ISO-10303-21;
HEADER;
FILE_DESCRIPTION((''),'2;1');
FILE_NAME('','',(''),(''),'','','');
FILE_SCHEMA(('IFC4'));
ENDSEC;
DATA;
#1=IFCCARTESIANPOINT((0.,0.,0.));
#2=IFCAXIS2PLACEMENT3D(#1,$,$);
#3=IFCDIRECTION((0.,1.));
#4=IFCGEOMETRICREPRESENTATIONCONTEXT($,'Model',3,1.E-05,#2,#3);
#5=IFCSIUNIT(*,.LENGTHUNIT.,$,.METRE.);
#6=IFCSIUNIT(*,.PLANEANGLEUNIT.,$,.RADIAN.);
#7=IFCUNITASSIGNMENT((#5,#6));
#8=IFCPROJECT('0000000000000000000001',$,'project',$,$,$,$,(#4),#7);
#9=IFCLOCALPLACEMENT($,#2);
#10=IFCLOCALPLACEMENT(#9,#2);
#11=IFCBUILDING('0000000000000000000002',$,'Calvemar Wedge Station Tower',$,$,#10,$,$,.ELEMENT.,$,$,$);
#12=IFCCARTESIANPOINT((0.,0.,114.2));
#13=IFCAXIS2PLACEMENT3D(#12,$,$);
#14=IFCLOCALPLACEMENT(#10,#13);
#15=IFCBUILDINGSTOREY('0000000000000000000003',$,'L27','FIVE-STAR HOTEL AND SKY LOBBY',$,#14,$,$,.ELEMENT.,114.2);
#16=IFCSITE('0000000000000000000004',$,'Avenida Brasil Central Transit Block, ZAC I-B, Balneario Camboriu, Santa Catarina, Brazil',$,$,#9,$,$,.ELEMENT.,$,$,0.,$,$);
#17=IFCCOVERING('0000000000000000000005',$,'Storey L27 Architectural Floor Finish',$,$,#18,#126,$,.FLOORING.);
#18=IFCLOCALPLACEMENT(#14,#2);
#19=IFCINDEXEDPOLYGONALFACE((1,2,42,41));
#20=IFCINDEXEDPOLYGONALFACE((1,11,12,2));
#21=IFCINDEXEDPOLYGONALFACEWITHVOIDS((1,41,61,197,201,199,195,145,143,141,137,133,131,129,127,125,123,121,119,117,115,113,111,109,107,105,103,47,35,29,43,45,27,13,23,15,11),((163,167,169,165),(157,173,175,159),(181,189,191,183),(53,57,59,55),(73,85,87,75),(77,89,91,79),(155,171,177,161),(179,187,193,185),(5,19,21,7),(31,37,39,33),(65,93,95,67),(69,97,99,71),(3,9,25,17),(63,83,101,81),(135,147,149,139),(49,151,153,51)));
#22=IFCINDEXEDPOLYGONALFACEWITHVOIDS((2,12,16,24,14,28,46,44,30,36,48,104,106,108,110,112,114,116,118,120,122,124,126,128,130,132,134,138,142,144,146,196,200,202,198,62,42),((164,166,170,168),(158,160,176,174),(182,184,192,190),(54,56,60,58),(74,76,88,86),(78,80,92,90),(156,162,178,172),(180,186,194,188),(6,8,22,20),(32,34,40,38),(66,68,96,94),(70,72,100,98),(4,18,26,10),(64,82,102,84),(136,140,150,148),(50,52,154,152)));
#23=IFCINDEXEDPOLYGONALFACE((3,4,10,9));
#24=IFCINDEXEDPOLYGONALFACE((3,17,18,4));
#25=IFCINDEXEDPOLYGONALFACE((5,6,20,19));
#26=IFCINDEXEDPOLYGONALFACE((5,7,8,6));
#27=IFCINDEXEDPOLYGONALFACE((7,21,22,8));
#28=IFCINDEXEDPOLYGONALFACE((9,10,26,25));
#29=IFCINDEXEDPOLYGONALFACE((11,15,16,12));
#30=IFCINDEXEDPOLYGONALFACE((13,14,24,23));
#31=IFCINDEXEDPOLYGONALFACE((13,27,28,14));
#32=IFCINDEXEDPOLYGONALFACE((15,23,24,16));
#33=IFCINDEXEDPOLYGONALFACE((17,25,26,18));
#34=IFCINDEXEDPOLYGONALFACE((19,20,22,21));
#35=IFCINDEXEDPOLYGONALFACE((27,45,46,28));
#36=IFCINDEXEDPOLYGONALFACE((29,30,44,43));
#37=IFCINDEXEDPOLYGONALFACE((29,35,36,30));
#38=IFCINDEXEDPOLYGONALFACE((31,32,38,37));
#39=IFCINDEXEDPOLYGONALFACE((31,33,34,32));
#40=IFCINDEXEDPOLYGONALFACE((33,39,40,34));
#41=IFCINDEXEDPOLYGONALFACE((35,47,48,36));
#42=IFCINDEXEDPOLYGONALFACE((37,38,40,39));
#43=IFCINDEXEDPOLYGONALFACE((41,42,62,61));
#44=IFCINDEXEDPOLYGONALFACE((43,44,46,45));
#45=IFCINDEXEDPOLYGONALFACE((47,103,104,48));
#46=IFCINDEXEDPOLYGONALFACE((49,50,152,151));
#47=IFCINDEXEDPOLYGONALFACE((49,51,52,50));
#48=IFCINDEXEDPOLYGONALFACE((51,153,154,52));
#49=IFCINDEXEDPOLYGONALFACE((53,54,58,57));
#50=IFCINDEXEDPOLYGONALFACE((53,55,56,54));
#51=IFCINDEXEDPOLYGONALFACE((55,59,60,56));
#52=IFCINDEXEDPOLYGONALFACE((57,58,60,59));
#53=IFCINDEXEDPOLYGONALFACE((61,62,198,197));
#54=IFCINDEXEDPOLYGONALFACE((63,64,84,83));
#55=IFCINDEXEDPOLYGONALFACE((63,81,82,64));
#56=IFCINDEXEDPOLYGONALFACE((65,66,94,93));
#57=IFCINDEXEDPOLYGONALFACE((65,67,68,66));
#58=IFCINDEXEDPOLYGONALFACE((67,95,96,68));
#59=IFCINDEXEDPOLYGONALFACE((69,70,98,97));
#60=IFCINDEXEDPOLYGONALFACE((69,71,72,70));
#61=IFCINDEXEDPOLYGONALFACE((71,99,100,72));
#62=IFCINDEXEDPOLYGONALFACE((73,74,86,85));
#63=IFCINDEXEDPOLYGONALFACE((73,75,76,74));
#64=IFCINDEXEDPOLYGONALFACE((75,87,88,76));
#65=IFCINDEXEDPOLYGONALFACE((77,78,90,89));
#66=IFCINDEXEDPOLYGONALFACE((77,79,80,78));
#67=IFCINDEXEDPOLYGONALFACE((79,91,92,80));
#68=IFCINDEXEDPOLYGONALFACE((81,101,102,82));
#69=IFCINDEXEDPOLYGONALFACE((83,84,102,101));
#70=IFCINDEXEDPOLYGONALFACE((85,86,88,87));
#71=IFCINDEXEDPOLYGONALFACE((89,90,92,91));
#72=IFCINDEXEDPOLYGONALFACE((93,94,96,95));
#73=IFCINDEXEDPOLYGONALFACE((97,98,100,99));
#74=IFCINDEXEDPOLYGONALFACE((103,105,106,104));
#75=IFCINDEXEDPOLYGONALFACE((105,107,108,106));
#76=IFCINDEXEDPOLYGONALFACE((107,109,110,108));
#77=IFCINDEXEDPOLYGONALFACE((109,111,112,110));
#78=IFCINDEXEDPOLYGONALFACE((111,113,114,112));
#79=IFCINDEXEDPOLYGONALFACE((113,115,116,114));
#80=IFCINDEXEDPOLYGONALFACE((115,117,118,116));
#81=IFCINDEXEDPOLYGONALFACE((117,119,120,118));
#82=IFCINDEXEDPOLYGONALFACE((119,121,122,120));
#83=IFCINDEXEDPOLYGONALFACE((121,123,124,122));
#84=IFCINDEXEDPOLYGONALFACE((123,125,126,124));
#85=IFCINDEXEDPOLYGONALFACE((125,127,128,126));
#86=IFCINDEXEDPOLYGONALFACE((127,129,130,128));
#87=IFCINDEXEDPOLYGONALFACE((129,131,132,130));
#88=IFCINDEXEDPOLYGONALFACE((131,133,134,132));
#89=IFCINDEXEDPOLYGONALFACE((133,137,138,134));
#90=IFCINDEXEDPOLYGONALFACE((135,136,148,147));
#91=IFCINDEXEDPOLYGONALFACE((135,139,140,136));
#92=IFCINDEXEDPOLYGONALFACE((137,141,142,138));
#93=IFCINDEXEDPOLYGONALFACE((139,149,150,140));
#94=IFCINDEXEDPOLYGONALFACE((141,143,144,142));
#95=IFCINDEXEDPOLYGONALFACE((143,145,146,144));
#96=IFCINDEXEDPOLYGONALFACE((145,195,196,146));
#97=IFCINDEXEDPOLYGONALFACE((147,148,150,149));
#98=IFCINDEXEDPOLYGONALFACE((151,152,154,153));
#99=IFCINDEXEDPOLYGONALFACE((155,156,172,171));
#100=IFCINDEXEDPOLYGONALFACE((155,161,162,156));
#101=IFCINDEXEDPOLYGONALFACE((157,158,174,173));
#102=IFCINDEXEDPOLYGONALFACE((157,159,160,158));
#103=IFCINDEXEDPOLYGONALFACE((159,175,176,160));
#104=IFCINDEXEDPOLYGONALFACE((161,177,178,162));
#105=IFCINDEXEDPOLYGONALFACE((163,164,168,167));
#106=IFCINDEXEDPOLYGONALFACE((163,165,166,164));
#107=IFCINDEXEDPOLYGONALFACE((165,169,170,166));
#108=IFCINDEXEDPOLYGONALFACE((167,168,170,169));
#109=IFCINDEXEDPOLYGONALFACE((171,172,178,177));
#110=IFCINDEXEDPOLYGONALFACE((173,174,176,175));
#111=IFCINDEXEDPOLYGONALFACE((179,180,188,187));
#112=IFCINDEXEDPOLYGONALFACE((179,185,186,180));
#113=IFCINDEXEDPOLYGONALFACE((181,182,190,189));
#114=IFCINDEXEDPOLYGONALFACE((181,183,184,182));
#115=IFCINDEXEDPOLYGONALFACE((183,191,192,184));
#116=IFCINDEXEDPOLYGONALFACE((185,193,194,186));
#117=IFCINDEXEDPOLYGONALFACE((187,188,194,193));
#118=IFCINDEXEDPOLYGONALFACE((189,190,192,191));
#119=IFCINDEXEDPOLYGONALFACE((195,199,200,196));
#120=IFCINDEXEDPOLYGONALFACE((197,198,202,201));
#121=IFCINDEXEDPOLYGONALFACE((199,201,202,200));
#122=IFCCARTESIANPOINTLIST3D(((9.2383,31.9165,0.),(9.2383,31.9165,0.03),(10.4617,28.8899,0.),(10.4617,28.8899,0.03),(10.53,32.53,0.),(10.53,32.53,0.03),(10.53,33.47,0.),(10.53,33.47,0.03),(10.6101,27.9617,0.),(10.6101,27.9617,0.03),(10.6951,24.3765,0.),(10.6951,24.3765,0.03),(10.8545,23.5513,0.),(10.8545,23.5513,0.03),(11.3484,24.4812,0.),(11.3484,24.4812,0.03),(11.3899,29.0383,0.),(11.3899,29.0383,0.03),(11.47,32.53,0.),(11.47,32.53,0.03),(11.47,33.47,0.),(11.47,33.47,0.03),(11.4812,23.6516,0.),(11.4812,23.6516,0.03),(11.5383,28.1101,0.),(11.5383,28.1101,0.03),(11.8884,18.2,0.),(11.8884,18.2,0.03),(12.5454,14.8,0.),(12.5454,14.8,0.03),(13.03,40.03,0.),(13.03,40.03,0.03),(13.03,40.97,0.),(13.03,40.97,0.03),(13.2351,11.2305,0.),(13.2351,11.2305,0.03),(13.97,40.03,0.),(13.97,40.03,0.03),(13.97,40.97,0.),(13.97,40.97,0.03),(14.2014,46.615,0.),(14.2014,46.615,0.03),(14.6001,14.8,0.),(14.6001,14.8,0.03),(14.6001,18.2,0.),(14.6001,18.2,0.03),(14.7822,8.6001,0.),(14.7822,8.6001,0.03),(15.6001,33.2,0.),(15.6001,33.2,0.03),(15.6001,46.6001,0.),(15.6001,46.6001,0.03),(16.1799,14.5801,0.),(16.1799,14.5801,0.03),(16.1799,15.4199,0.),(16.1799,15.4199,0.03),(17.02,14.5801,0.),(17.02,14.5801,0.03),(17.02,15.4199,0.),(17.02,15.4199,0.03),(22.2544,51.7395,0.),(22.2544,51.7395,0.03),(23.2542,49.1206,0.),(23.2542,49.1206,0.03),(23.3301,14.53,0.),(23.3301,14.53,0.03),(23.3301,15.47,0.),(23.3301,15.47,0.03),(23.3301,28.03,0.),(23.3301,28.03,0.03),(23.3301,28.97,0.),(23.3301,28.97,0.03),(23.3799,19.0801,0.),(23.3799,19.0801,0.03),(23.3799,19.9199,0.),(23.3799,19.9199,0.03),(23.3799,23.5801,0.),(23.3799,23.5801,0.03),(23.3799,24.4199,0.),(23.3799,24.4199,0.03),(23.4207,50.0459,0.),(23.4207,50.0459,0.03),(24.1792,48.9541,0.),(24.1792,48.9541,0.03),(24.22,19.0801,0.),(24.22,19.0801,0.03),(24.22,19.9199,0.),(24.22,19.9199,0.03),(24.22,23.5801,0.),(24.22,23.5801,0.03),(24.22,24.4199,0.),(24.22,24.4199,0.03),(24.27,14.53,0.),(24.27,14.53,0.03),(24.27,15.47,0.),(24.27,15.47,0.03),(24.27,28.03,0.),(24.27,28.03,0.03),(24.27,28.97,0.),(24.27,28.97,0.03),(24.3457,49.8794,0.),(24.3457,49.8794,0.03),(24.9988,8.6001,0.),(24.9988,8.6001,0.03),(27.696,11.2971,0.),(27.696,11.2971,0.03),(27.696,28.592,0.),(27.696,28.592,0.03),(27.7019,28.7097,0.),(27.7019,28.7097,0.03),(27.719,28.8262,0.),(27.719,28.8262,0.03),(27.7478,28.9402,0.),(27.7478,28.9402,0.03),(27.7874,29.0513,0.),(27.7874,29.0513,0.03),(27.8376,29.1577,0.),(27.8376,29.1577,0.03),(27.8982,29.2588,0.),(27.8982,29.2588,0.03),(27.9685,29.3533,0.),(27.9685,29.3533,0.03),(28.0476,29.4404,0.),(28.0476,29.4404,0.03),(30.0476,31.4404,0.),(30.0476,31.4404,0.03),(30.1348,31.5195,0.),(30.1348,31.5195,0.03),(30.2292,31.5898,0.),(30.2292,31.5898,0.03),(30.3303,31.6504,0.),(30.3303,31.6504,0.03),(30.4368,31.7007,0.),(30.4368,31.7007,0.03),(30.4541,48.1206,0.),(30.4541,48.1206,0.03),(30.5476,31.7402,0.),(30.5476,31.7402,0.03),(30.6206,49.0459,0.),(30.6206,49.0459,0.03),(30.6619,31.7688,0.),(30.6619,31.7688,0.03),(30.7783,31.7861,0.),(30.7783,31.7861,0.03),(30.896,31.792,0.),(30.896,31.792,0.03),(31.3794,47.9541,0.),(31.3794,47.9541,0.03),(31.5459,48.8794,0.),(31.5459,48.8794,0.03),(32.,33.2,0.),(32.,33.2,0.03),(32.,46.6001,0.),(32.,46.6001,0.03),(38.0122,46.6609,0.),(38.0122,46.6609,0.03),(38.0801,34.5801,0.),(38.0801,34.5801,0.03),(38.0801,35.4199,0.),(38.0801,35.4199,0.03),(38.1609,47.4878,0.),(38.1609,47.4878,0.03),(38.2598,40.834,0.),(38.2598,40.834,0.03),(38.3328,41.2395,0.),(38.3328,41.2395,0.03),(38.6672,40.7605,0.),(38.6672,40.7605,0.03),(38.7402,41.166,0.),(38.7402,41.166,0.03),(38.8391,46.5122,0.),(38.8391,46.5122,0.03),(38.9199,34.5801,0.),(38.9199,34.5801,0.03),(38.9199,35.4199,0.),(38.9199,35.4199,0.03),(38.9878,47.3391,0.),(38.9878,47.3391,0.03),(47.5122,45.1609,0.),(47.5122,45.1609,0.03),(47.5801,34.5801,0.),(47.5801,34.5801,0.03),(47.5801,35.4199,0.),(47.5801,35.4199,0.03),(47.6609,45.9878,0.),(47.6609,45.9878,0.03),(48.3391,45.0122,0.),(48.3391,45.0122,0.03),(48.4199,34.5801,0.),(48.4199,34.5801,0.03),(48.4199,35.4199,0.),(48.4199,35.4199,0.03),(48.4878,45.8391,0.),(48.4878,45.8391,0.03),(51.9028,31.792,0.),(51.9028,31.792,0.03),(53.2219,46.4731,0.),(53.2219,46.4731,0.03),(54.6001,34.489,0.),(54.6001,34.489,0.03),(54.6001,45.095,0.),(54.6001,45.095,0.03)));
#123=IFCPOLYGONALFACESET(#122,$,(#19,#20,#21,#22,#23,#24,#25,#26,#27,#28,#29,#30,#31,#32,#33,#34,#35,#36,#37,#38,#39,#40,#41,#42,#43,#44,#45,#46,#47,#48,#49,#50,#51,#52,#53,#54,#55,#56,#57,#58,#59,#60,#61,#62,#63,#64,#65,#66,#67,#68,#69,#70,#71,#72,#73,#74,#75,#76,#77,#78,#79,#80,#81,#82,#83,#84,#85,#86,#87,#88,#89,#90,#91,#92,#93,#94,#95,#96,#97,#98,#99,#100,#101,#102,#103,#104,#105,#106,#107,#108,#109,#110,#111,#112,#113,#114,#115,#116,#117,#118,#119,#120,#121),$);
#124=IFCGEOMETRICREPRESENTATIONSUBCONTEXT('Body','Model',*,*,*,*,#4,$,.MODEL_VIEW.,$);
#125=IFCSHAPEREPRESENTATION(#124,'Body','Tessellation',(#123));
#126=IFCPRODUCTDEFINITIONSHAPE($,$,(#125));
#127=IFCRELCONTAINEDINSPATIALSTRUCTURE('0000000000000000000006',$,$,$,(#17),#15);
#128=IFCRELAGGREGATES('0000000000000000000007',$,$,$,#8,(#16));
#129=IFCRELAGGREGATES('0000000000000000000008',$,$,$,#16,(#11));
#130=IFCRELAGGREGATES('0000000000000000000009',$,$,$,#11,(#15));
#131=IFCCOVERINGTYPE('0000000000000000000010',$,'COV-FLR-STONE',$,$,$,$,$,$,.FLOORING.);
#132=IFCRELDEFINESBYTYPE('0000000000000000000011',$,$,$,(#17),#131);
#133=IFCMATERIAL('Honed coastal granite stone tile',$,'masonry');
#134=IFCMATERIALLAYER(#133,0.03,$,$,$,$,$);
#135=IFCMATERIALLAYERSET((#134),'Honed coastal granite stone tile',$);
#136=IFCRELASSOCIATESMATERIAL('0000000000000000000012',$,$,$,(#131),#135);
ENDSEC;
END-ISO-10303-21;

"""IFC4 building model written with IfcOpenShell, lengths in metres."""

from ifc_helpers import new_model, si_unit, direction, frame, origin, place, context, subcontext, project, spatial, polyline, outline, extrude, material, layer, layer_set, type_object, element, save


model = new_model("IFC4")

# Units and contexts
model_context = context("Model", 3, precision=1e-05, world=origin(), true_north=direction((0.0, 1.0)))
body_context = subcontext(model_context, "Body", "Model", "MODEL_VIEW")
ifc_project = project(units=[si_unit("LENGTHUNIT", "METRE"), si_unit("PLANEANGLEUNIT", "RADIAN")], contexts=[model_context])

# Site, building, storey
site_placement = place(None, origin())
site = spatial("IfcSite", under=ifc_project, at=site_placement, Name="Avenida Brasil Central Transit Block, ZAC I-B, Balneario Camboriu, Santa Catarina, Brazil", CompositionType="ELEMENT", RefElevation=0.0)
building_placement = place(site_placement, origin())
building = spatial("IfcBuilding", under=site, at=building_placement, Name="Calvemar Wedge Station Tower", CompositionType="ELEMENT")
storey_placement = place(building_placement, frame((0.0, 0.0, 114.2)))
storey = spatial("IfcBuildingStorey", under=building, at=storey_placement, Name="L27", Description="FIVE-STAR HOTEL AND SKY LOBBY", CompositionType="ELEMENT", Elevation=114.2)

# Covering
ifc_material_1 = material(Name="Honed coastal granite stone tile", Category="masonry")
ifc_layer_1 = layer(ifc_material_1, 0.03)
ifc_layer_set_1 = layer_set([ifc_layer_1], Name="Honed coastal granite stone tile")
covering_type_1 = type_object("IfcCoveringType", Name="COV-FLR-STONE", PredefinedType="FLOORING", material=ifc_layer_set_1)
covering_1_placement = place(storey_placement, origin())
element("IfcCovering", 1, at=covering_1_placement, inside=storey, type_object=covering_type_1, Name="Storey L27 Architectural Floor Finish", PredefinedType="FLOORING", context=body_context, shape_type="SweptSolid", body=[
    extrude(outline(polyline([(28.0476, 29.4404), (30.0476, 31.4404), (30.1348, 31.5195), (30.2292, 31.5898), (30.3303, 31.6504), (30.4368, 31.7007), (30.5476, 31.7402), (30.6619, 31.7688), (30.7783, 31.7861), (30.896, 31.792), (51.9028, 31.792), (54.6001, 34.489), (54.6001, 45.095), (53.2219, 46.4731), (22.2544, 51.7395), (14.2014, 46.615), (9.2383, 31.9165), (10.6951, 24.3765), (11.3484, 24.4812), (11.4812, 23.6516), (10.8545, 23.5513), (11.8884, 18.2), (14.6001, 18.2), (14.6001, 14.8), (12.5454, 14.8), (13.2351, 11.2305), (14.7822, 8.6001), (24.9988, 8.6001), (27.696, 11.2971), (27.696, 28.592), (27.7019, 28.7097), (27.719, 28.8262), (27.7478, 28.9402), (27.7874, 29.0513), (27.8376, 29.1577), (27.8982, 29.2588), (27.9685, 29.3533), (28.0476, 29.4404)]), holes=[polyline([(15.6001, 46.6001), (32.0, 46.6001), (32.0, 33.2), (15.6001, 33.2), (15.6001, 46.6001)]), polyline([(10.53, 32.53), (10.53, 33.47), (11.47, 33.47), (11.47, 32.53), (10.53, 32.53)]), polyline([(13.03, 40.97), (13.97, 40.97), (13.97, 40.03), (13.03, 40.03), (13.03, 40.97)]), polyline([(24.3457, 49.8794), (24.1792, 48.9541), (23.2542, 49.1206), (23.4207, 50.0459), (24.3457, 49.8794)]), polyline([(31.3794, 47.9541), (30.4541, 48.1206), (30.6206, 49.0459), (31.5459, 48.8794), (31.3794, 47.9541)]), polyline([(38.0122, 46.6609), (38.1609, 47.4878), (38.9878, 47.3391), (38.8391, 46.5122), (38.0122, 46.6609)]), polyline([(47.6609, 45.9878), (48.4878, 45.8391), (48.3391, 45.0122), (47.5122, 45.1609), (47.6609, 45.9878)]), polyline([(38.9199, 35.4199), (38.9199, 34.5801), (38.0801, 34.5801), (38.0801, 35.4199), (38.9199, 35.4199)]), polyline([(48.4199, 34.5801), (47.5801, 34.5801), (47.5801, 35.4199), (48.4199, 35.4199), (48.4199, 34.5801)]), polyline([(38.2598, 40.834), (38.3328, 41.2395), (38.7402, 41.166), (38.6672, 40.7605), (38.2598, 40.834)]), polyline([(11.3899, 29.0383), (11.5383, 28.1101), (10.6101, 27.9617), (10.4617, 28.8899), (11.3899, 29.0383)]), polyline([(24.27, 28.03), (23.3301, 28.03), (23.3301, 28.97), (24.27, 28.97), (24.27, 28.03)]), polyline([(23.3799, 23.5801), (23.3799, 24.4199), (24.22, 24.4199), (24.22, 23.5801), (23.3799, 23.5801)]), polyline([(23.3799, 19.9199), (24.22, 19.9199), (24.22, 19.0801), (23.3799, 19.0801), (23.3799, 19.9199)]), polyline([(24.27, 15.47), (24.27, 14.53), (23.3301, 14.53), (23.3301, 15.47), (24.27, 15.47)]), polyline([(17.02, 14.5801), (16.1799, 14.5801), (16.1799, 15.4199), (17.02, 15.4199), (17.02, 14.5801)])]), origin(), (0.0, 0.0, 1.0), 0.03),
])

save(model, "model.ifc")
